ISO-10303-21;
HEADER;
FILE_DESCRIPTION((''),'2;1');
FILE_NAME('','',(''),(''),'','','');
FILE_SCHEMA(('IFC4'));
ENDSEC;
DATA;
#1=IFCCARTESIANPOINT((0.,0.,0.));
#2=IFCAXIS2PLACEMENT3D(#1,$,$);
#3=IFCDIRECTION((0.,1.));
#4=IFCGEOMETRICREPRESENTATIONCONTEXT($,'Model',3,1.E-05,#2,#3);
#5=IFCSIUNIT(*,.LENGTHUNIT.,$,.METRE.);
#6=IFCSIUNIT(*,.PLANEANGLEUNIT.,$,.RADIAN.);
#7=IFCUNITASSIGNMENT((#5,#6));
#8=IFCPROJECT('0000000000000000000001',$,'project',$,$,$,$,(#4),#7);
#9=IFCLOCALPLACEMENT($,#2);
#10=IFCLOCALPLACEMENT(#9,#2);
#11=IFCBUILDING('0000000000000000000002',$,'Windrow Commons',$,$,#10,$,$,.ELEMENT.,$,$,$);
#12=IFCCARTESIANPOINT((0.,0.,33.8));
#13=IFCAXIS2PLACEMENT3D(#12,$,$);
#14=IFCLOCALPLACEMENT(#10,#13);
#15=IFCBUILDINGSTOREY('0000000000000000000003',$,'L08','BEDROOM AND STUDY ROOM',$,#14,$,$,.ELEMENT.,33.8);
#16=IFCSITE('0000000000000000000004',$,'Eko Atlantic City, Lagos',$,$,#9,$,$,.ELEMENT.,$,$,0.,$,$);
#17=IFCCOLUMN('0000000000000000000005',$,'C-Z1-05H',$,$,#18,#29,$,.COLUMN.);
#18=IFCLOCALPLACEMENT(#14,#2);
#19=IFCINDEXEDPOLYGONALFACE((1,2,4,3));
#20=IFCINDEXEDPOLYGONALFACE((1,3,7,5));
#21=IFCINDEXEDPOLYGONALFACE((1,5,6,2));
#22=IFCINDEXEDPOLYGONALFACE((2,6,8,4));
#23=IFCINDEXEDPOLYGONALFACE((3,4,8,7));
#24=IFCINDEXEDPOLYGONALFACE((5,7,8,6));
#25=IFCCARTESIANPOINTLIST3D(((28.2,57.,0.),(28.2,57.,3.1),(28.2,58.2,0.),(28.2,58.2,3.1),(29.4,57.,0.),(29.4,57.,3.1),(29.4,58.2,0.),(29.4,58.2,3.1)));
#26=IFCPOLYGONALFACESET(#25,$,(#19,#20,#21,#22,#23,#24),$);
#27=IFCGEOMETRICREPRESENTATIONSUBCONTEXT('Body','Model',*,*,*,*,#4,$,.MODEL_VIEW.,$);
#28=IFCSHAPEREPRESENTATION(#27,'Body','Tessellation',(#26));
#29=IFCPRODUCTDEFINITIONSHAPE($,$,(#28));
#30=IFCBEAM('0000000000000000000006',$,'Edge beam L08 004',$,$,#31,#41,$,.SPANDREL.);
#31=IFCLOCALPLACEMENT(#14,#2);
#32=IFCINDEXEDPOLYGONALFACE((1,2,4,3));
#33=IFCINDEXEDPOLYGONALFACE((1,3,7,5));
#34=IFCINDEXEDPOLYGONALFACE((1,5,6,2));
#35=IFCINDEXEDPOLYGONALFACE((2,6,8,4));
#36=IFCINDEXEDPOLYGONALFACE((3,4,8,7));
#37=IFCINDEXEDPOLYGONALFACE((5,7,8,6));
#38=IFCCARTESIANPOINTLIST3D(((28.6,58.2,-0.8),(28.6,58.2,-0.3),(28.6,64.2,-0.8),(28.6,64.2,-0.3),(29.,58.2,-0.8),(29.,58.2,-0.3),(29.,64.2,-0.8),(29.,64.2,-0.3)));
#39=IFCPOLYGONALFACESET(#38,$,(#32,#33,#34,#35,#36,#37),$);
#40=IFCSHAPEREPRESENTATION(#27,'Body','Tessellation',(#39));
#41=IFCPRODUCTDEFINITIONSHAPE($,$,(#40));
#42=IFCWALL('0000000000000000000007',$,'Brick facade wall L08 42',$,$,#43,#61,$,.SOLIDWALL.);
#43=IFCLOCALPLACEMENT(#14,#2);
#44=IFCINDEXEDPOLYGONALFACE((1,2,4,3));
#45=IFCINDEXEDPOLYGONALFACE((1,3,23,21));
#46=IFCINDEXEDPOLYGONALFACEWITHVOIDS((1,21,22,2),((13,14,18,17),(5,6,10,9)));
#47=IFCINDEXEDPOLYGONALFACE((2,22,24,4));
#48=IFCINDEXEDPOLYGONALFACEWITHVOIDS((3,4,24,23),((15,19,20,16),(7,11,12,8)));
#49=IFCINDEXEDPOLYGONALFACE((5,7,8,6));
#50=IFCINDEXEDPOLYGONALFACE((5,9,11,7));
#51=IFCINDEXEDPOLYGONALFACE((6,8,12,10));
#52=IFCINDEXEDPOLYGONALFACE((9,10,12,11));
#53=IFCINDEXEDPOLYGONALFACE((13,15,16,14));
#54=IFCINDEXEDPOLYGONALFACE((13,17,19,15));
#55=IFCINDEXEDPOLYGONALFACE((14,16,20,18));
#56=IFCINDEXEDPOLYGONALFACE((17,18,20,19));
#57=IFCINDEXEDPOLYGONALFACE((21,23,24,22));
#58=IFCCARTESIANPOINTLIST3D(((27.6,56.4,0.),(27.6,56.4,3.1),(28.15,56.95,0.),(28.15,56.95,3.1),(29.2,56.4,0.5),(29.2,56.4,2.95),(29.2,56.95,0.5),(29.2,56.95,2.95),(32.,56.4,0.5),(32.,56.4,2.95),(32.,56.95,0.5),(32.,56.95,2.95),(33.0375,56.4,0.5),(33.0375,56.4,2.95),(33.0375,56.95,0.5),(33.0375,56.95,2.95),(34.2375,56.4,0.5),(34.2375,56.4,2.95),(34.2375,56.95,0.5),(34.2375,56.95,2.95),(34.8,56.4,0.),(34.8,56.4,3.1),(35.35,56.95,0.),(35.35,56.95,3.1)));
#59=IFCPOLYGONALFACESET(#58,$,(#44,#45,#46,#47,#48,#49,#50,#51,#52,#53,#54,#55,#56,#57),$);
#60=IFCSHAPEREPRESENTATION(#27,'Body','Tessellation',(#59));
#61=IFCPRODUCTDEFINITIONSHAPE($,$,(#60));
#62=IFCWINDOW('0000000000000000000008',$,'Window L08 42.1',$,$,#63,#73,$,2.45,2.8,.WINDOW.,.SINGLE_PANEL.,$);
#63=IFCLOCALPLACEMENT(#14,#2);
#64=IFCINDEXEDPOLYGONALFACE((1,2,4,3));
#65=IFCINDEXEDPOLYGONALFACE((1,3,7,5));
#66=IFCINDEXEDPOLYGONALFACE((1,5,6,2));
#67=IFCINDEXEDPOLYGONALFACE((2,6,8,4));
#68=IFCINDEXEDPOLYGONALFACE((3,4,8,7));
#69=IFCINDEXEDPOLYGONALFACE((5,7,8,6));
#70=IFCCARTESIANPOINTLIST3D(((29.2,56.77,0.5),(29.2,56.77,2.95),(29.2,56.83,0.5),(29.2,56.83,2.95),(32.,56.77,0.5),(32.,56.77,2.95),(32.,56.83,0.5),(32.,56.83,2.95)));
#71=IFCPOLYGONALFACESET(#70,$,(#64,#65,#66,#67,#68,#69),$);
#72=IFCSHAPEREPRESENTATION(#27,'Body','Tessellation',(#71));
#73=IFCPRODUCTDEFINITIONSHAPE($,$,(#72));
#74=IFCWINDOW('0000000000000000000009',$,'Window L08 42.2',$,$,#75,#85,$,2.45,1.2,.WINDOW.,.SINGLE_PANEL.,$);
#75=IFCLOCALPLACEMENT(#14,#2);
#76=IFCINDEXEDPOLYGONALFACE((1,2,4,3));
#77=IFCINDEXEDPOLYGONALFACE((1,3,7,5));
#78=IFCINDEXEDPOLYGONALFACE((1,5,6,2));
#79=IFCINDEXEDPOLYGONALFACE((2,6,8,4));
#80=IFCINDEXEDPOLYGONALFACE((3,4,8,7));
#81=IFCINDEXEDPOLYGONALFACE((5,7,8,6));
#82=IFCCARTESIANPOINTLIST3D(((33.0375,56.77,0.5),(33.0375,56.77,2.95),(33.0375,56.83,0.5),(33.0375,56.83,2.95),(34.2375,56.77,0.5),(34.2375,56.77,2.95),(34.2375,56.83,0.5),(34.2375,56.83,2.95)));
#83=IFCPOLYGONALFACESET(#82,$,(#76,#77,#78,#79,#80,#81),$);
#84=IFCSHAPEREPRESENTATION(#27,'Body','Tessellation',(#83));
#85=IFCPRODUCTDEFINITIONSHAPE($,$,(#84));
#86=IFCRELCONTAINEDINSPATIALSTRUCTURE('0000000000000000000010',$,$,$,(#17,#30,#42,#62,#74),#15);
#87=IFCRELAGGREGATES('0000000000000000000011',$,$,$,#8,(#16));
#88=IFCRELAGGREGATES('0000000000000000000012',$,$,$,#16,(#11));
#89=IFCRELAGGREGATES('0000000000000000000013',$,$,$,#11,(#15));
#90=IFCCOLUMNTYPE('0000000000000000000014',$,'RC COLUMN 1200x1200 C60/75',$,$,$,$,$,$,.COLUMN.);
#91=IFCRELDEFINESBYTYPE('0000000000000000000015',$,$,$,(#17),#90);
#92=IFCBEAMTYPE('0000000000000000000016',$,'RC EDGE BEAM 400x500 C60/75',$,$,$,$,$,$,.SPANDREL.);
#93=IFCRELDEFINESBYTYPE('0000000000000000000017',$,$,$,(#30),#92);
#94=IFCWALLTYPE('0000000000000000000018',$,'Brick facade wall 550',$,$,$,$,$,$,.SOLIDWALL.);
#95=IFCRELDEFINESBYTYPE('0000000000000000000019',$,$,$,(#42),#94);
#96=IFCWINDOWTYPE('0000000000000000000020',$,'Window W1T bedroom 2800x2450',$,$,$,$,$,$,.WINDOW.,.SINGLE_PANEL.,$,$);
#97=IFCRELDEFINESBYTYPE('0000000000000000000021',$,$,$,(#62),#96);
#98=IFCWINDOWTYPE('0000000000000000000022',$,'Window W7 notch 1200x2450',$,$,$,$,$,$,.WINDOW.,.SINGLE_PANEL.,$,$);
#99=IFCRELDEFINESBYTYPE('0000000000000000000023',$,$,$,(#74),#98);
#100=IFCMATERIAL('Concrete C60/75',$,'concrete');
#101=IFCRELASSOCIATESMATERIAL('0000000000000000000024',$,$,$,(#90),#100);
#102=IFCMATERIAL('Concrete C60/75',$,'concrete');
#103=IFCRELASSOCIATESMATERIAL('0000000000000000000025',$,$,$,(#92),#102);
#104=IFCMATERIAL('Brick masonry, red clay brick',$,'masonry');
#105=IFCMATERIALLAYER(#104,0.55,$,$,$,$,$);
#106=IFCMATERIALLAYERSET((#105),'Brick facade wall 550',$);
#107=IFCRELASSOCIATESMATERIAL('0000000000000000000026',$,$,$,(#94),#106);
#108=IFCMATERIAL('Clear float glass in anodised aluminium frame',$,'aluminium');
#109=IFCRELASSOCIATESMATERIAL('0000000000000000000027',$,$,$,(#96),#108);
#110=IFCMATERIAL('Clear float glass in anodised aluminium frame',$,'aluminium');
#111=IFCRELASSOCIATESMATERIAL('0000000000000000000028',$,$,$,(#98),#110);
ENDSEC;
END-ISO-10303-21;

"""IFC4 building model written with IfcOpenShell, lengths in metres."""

from ifc_helpers import new_model, si_unit, direction, frame, frame_2d, origin, origin_2d, place, context, subcontext, project, spatial, polyline, rectangle, outline, extrude, material, layer, layer_set, material_profile, profile_set, type_object, element, fill, save


model = new_model("IFC4")

# Units and contexts
model_context = context("Model", 3, precision=1e-05, world=origin(), true_north=direction((0.0, 1.0)))
body_context = subcontext(model_context, "Body", "Model", "MODEL_VIEW")
ifc_project = project(units=[si_unit("LENGTHUNIT", "METRE"), si_unit("PLANEANGLEUNIT", "RADIAN")], contexts=[model_context])

# Site, building, storey
site_placement = place(None, origin())
site = spatial("IfcSite", under=ifc_project, at=site_placement, Name="Eko Atlantic City, Lagos", CompositionType="ELEMENT", RefElevation=0.0)
building_placement = place(site_placement, origin())
building = spatial("IfcBuilding", under=site, at=building_placement, Name="Windrow Commons", CompositionType="ELEMENT")
storey_placement = place(building_placement, frame((0.0, 0.0, 33.8)))
storey = spatial("IfcBuildingStorey", under=building, at=storey_placement, Name="L08", Description="BEDROOM AND STUDY ROOM", CompositionType="ELEMENT", Elevation=33.8)

# Column
ifc_material_1 = material(Name="Concrete C60/75", Category="concrete")
ifc_material_profile_1 = material_profile(ifc_material_1, rectangle(XDim=1.2, YDim=1.2, at=origin_2d()))
ifc_profile_set_1 = profile_set([ifc_material_profile_1], Name="Concrete C60/75")
column_type = type_object("IfcColumnType", Name="RC COLUMN 1200x1200 C60/75", PredefinedType="COLUMN", material=ifc_profile_set_1)
column_placement = place(storey_placement, frame((28.8, 57.6, 0.0), z_axis=(0.0, 0.0, 1.0), x_axis=(1.0, 0.0, 0.0)))
element("IfcColumn", 1, at=column_placement, inside=storey, type_object=column_type, Name="C-Z1-05H", PredefinedType="COLUMN", context=body_context, shape_type="SweptSolid", body=[
    extrude(rectangle(XDim=1.2, YDim=1.2, at=origin_2d()), origin(), (0.0, 0.0, 1.0), 3.1),
])

# Beam
ifc_material_2 = material(Name="Concrete C60/75", Category="concrete")
ifc_material_profile_2 = material_profile(ifc_material_2, rectangle(XDim=0.4, YDim=0.5, at=origin_2d()))
ifc_profile_set_2 = profile_set([ifc_material_profile_2], Name="Concrete C60/75")
beam_type = type_object("IfcBeamType", Name="RC EDGE BEAM 400x500 C60/75", PredefinedType="SPANDREL", material=ifc_profile_set_2)
beam_placement = place(storey_placement, frame((28.8, 58.2, -0.55), z_axis=(0.0, 1.0, 0.0), x_axis=(-1.0, 0.0, 0.0)))
element("IfcBeam", 2, at=beam_placement, inside=storey, type_object=beam_type, Name="Edge beam L08 004", PredefinedType="SPANDREL", context=body_context, shape_type="SweptSolid", body=[
    extrude(rectangle(XDim=0.4, YDim=0.5, at=origin_2d()), origin(), (0.0, 0.0, 1.0), 6.0),
])

# Wall, openings, windows
ifc_material_3 = material(Name="Brick masonry, red clay brick", Category="masonry")
ifc_layer_1 = layer(ifc_material_3, 0.55)
ifc_layer_set_1 = layer_set([ifc_layer_1], Name="Brick facade wall 550")
wall_type_1 = type_object("IfcWallType", Name="Brick facade wall 550", PredefinedType="SOLIDWALL", material=ifc_layer_set_1)
wall_1_placement = place(storey_placement, frame((27.875, 56.675, 0.0), z_axis=(0.0, 0.0, 1.0), x_axis=(1.0, 0.0, 0.0)))
wall_1 = element("IfcWall", 3, at=wall_1_placement, inside=storey, type_object=wall_type_1, Name="Brick facade wall L08 42", PredefinedType="SOLIDWALL", context=body_context, shape_type="SweptSolid", body=[
    extrude(outline(polyline([(-0.275, -0.275), (6.925, -0.275), (7.475, 0.275), (0.275, 0.275), (-0.275, -0.275)])), origin(), (0.0, 0.0, 1.0), 3.1),
])
opening_1_placement = place(wall_1_placement, frame((1.325, 0.0, 0.5)))
opening_1 = element("IfcOpeningElement", 4, at=opening_1_placement, cuts=wall_1, PredefinedType="OPENING", context=body_context, shape_type="SweptSolid", body=[
    extrude(rectangle(XDim=2.8, YDim=2.45, at=frame_2d((1.4, 1.225))), frame((0.0, 0.285, 0.0), z_axis=(0.0, -1.0, 0.0), x_axis=(1.0, 0.0, 0.0)), (0.0, 0.0, 1.0), 0.57),
])
opening_2_placement = place(wall_1_placement, frame((5.1625, 0.0, 0.5)))
opening_2 = element("IfcOpeningElement", 5, at=opening_2_placement, cuts=wall_1, PredefinedType="OPENING", context=body_context, shape_type="SweptSolid", body=[
    extrude(rectangle(XDim=1.2, YDim=2.45, at=frame_2d((0.6, 1.225))), frame((0.0, 0.285, 0.0), z_axis=(0.0, -1.0, 0.0), x_axis=(1.0, 0.0, 0.0)), (0.0, 0.0, 1.0), 0.57),
])
ifc_material_4 = material(Name="Clear float glass in anodised aluminium frame", Category="aluminium")
window_type_1 = type_object("IfcWindowType", Name="Window W1T bedroom 2800x2450", PartitioningType="SINGLE_PANEL", PredefinedType="WINDOW", material=ifc_material_4)
window_1_placement = place(opening_1_placement, origin())
window_1 = element("IfcWindow", 6, at=window_1_placement, inside=storey, type_object=window_type_1, Name="Window L08 42.1", OverallHeight=2.45, OverallWidth=2.8, PartitioningType="SINGLE_PANEL", PredefinedType="WINDOW", context=body_context, shape_type="SweptSolid", body=[
    extrude(rectangle(XDim=2.8, YDim=2.45, at=frame_2d((1.4, 1.225))), frame((0.0, 0.155, 0.0), z_axis=(0.0, -1.0, 0.0), x_axis=(1.0, 0.0, 0.0)), (0.0, 0.0, 1.0), 0.06),
])
fill(opening_1, window_1)
ifc_material_5 = material(Name="Clear float glass in anodised aluminium frame", Category="aluminium")
window_type_2 = type_object("IfcWindowType", Name="Window W7 notch 1200x2450", PartitioningType="SINGLE_PANEL", PredefinedType="WINDOW", material=ifc_material_5)
window_2_placement = place(opening_2_placement, origin())
window_2 = element("IfcWindow", 7, at=window_2_placement, inside=storey, type_object=window_type_2, Name="Window L08 42.2", OverallHeight=2.45, OverallWidth=1.2, PartitioningType="SINGLE_PANEL", PredefinedType="WINDOW", context=body_context, shape_type="SweptSolid", body=[
    extrude(rectangle(XDim=1.2, YDim=2.45, at=frame_2d((0.6, 1.225))), frame((0.0, 0.155, 0.0), z_axis=(0.0, -1.0, 0.0), x_axis=(1.0, 0.0, 0.0)), (0.0, 0.0, 1.0), 0.06),
])
fill(opening_2, window_2)

save(model, "model.ifc")
